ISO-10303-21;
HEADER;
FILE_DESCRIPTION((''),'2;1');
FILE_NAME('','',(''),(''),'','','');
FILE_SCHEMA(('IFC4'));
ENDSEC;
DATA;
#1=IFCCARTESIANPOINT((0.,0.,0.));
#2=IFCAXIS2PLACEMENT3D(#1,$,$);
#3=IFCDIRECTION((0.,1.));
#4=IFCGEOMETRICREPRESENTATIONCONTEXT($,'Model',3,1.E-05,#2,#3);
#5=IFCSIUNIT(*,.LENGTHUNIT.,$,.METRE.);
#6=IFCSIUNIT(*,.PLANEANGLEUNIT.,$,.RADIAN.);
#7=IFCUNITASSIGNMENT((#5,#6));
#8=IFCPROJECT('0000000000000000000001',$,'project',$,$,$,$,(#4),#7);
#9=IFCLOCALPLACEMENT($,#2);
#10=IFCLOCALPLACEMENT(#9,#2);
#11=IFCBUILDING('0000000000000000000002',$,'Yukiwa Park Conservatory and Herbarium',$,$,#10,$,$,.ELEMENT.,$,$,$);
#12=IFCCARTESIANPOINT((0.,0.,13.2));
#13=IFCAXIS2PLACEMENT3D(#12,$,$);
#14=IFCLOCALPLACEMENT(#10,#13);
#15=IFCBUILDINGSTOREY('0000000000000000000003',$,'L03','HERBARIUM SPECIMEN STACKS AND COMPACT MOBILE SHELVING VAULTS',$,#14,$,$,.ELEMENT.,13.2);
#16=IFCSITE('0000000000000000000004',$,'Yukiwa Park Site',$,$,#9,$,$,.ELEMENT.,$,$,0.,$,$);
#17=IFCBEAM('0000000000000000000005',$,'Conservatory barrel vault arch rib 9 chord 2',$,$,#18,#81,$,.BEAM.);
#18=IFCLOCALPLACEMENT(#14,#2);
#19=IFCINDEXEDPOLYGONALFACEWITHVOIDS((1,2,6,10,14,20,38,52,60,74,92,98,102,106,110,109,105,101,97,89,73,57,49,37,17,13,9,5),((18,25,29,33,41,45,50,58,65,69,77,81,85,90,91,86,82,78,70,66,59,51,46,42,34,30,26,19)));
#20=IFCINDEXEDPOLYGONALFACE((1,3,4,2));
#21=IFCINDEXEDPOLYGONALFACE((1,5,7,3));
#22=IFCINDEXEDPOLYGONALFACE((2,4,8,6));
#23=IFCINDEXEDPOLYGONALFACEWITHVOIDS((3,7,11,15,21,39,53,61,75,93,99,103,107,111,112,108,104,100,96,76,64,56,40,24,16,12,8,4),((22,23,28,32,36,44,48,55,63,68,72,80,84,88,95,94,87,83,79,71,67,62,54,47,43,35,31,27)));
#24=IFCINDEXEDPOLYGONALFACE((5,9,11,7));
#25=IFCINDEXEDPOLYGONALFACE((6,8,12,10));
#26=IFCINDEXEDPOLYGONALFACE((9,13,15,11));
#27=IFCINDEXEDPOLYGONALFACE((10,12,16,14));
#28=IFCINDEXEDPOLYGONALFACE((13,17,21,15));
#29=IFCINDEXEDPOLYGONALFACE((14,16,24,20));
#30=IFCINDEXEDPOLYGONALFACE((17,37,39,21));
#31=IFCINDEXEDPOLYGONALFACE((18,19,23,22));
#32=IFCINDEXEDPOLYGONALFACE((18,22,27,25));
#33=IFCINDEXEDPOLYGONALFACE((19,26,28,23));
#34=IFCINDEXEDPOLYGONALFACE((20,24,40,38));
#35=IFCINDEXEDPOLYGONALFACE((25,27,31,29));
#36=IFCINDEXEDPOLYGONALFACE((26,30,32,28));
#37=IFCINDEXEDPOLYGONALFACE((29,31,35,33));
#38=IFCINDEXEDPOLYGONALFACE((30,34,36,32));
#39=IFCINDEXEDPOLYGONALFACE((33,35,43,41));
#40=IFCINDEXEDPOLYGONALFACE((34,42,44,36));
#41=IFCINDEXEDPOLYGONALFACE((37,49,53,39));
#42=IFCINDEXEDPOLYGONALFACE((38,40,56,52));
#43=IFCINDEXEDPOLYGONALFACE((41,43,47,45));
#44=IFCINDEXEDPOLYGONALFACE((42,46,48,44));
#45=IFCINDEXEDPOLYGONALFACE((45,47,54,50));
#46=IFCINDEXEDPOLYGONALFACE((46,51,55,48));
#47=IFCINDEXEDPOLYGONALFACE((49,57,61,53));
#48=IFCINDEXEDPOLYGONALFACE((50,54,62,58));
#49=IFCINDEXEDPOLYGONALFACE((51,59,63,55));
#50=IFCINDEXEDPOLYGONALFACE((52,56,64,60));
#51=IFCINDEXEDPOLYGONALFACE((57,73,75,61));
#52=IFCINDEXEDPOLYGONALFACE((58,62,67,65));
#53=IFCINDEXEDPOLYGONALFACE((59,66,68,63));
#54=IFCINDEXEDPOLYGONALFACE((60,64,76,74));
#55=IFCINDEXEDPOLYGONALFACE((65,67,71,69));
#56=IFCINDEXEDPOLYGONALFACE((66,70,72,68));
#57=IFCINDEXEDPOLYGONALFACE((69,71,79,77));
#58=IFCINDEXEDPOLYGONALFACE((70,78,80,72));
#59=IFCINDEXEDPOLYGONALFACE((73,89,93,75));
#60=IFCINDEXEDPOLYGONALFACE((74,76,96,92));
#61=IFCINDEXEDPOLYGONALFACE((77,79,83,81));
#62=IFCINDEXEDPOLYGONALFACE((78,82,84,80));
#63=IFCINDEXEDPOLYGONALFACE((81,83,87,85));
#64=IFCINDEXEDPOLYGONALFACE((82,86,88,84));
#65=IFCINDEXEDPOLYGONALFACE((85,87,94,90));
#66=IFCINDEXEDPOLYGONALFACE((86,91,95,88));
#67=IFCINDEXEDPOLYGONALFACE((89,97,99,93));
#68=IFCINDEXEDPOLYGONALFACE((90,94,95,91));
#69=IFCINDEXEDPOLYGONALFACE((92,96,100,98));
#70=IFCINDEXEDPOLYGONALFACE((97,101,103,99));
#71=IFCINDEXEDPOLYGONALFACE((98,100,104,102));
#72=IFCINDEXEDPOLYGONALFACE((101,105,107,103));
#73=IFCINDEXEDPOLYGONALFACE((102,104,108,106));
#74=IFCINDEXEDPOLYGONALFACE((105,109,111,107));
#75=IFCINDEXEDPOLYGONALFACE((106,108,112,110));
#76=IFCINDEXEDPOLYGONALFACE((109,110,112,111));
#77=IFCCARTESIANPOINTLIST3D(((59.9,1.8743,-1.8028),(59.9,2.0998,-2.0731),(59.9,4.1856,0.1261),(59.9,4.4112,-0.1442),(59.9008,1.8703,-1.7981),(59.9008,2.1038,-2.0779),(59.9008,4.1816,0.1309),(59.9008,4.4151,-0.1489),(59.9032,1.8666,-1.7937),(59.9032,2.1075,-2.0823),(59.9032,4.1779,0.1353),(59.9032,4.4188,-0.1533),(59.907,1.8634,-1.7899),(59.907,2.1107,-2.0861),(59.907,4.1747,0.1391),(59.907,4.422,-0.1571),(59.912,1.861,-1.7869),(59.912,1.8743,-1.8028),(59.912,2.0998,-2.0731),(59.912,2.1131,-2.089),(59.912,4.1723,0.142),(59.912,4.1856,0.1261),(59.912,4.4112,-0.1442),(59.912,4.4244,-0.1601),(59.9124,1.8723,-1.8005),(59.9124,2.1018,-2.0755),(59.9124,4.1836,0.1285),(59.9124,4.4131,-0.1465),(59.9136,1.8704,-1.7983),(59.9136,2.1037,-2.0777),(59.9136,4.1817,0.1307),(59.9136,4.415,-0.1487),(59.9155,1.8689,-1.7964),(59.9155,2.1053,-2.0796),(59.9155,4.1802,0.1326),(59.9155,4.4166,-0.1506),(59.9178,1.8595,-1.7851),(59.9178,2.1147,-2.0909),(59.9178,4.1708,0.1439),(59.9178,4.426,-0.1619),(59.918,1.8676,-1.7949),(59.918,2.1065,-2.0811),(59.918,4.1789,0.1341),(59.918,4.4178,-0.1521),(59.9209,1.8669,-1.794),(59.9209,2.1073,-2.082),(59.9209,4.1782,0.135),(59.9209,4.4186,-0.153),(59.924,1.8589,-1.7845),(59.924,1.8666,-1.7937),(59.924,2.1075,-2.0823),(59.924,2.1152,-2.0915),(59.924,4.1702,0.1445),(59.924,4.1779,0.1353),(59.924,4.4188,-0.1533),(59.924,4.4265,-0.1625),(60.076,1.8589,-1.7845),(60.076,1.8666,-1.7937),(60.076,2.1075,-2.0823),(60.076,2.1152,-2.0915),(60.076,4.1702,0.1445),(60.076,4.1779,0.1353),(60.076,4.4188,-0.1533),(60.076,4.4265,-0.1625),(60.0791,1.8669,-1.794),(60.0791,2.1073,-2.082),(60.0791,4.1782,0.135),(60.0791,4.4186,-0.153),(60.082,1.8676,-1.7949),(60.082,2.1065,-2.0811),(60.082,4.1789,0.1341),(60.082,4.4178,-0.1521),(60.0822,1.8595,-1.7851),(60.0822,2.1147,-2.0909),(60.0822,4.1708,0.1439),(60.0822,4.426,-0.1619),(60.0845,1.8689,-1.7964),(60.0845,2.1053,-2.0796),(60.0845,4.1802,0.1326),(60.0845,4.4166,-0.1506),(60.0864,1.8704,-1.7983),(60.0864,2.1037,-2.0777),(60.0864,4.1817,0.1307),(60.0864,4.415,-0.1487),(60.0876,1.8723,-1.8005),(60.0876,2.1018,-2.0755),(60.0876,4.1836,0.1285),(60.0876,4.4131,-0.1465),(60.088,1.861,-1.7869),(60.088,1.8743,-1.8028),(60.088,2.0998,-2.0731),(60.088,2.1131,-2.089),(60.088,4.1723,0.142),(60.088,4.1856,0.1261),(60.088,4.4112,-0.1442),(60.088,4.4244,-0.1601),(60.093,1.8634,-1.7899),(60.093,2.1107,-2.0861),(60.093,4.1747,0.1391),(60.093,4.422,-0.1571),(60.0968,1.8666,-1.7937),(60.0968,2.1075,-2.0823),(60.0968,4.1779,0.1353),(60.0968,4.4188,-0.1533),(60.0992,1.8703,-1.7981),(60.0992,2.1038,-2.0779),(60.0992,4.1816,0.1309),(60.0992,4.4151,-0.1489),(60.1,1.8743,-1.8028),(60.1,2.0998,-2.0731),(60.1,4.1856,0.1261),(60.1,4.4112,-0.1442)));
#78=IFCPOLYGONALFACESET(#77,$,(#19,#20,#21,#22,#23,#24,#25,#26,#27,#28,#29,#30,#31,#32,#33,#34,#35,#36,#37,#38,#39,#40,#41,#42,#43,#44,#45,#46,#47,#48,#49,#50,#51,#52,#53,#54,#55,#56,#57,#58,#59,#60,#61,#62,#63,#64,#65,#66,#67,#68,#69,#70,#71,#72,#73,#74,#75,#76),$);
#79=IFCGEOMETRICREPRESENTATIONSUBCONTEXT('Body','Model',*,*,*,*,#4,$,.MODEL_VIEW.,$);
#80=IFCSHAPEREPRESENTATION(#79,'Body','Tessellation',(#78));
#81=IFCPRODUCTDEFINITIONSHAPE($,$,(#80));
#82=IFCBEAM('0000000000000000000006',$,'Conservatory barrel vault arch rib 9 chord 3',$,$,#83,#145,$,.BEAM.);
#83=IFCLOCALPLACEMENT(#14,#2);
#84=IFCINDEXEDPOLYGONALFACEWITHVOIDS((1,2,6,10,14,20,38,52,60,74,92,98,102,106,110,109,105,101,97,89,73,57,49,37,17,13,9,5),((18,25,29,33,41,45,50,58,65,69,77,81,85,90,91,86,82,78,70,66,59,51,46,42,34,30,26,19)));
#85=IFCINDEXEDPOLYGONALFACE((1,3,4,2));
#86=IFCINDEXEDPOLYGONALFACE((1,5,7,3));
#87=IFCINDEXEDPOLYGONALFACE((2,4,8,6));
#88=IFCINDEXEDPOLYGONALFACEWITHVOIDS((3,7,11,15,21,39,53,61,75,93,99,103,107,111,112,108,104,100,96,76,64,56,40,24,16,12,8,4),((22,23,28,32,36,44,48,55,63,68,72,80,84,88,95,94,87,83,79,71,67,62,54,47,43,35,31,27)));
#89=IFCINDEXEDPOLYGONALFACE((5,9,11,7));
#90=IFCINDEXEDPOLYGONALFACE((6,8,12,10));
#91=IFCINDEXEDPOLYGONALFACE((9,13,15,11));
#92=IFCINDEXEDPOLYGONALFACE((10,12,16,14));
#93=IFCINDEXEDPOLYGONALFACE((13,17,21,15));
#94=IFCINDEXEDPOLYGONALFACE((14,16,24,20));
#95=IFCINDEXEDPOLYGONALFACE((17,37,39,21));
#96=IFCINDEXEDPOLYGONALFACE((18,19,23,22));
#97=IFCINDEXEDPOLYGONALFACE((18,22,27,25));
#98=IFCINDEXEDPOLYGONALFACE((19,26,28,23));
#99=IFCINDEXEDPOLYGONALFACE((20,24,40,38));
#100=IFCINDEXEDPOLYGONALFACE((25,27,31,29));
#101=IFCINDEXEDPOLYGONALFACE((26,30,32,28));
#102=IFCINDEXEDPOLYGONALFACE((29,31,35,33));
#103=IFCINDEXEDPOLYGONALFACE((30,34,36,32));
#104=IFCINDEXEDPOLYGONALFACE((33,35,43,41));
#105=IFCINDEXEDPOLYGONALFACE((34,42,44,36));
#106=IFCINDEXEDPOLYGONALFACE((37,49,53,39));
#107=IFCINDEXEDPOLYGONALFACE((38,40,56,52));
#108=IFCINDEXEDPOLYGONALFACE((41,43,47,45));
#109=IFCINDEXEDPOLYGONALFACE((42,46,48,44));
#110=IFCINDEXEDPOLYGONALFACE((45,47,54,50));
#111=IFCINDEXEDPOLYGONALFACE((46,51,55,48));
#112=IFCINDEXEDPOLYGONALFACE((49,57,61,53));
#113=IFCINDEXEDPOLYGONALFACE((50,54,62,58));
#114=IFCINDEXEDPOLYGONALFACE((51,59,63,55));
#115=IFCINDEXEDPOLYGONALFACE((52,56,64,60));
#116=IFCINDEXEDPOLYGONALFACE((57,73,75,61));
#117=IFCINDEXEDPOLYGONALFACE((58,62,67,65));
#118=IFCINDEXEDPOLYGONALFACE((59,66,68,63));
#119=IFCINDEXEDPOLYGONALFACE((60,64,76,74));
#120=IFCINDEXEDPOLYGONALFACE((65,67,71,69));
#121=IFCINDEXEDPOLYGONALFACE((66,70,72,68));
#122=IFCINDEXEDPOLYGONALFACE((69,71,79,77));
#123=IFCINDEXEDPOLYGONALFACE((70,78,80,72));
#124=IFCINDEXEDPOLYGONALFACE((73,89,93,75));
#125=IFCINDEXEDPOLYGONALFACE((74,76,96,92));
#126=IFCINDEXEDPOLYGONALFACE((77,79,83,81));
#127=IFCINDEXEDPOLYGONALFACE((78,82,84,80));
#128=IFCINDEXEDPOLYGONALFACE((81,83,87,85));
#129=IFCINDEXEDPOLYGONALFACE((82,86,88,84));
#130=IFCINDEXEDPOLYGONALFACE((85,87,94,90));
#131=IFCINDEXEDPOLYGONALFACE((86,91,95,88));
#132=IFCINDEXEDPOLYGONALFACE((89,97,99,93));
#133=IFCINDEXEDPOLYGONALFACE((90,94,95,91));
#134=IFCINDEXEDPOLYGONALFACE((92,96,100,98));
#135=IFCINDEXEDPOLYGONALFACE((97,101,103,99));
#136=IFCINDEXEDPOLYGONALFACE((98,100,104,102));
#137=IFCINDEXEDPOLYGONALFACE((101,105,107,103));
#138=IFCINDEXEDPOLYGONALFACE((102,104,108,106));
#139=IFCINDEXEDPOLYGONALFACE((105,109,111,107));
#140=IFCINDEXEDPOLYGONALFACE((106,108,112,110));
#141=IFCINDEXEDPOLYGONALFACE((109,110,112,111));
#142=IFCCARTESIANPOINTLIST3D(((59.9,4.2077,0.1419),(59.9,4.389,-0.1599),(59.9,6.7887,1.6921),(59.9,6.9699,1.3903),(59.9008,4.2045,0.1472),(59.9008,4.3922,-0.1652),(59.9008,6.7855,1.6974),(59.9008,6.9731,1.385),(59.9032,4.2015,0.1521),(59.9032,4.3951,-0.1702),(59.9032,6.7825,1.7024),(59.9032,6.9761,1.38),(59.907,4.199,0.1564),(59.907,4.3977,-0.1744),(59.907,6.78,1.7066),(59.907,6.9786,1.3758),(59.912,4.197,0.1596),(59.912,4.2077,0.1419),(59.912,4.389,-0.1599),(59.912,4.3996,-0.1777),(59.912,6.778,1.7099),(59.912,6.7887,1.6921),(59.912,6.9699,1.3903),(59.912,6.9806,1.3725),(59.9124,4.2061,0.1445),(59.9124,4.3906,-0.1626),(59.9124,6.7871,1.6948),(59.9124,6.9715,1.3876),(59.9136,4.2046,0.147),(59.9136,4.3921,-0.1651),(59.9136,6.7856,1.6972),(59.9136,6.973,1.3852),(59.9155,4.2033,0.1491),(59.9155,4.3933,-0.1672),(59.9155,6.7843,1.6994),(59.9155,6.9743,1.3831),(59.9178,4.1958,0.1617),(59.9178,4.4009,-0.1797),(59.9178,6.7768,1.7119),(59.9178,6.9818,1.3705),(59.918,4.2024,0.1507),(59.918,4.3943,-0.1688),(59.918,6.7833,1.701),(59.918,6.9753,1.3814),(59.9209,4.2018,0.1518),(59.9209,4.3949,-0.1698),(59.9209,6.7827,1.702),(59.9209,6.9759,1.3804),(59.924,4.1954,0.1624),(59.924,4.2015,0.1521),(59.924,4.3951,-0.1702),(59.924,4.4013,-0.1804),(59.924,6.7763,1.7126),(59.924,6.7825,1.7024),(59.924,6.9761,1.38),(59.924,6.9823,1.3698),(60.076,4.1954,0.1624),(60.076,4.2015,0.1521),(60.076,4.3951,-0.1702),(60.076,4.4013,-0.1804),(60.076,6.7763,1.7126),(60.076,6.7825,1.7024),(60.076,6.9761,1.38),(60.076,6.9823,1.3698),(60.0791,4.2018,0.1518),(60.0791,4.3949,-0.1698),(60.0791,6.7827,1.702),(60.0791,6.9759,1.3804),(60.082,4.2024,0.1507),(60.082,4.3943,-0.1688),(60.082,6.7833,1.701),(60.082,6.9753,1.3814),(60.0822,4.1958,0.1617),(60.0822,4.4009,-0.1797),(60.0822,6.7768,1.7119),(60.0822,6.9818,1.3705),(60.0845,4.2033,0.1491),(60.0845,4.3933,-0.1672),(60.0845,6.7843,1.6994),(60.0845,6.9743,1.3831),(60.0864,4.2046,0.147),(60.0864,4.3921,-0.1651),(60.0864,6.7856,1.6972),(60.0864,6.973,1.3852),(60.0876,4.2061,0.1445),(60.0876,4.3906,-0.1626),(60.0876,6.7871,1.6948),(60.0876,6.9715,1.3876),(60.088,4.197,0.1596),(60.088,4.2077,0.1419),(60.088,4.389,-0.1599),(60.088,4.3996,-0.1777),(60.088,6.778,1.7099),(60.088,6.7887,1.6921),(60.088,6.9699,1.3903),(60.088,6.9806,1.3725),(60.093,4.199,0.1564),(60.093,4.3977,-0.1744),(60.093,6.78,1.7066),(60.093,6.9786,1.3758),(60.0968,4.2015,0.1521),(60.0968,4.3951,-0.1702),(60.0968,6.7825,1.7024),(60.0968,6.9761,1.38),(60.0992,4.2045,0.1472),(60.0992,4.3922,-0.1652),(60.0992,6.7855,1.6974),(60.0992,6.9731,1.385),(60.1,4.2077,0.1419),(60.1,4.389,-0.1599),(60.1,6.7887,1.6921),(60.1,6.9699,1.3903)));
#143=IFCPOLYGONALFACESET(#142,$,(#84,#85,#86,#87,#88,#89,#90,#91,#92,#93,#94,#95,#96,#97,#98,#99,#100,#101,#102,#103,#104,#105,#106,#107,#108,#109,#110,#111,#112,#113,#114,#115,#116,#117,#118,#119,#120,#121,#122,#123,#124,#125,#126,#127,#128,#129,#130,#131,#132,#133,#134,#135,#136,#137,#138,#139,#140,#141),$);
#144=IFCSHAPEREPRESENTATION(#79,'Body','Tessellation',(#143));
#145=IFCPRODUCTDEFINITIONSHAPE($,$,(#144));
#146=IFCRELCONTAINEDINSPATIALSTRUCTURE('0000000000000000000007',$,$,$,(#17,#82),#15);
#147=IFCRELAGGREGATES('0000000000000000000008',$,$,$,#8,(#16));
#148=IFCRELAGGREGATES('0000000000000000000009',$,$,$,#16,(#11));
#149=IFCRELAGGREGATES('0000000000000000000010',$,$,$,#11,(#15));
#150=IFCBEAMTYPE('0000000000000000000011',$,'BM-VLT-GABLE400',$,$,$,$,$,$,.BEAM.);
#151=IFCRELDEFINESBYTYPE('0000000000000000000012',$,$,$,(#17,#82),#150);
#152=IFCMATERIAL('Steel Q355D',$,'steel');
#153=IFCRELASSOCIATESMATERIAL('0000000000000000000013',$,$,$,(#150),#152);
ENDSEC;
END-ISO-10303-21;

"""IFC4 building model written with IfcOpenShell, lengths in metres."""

from ifc_helpers import new_model, si_unit, direction, frame, origin, origin_2d, place, context, subcontext, project, spatial, hollow_rectangle, extrude, material, material_profile, profile_set, type_object, element, save


model = new_model("IFC4")

# Units and contexts
model_context = context("Model", 3, precision=1e-05, world=origin(), true_north=direction((0.0, 1.0)))
body_context = subcontext(model_context, "Body", "Model", "MODEL_VIEW")
ifc_project = project(units=[si_unit("LENGTHUNIT", "METRE"), si_unit("PLANEANGLEUNIT", "RADIAN")], contexts=[model_context])

# Site, building, storey
site_placement = place(None, origin())
site = spatial("IfcSite", under=ifc_project, at=site_placement, Name="Yukiwa Park Site", CompositionType="ELEMENT", RefElevation=0.0)
building_placement = place(site_placement, origin())
building = spatial("IfcBuilding", under=site, at=building_placement, Name="Yukiwa Park Conservatory and Herbarium", CompositionType="ELEMENT")
storey_placement = place(building_placement, frame((0.0, 0.0, 13.2)))
storey = spatial("IfcBuildingStorey", under=building, at=storey_placement, Name="L03", Description="HERBARIUM SPECIMEN STACKS AND COMPACT MOBILE SHELVING VAULTS", CompositionType="ELEMENT", Elevation=13.2)

# Beams
ifc_material_1 = material(Name="Steel Q355D", Category="steel")
ifc_material_profile_1 = material_profile(ifc_material_1, hollow_rectangle(XDim=0.2, YDim=0.3999, WallThickness=0.012, InnerFilletRadius=0.012, OuterFilletRadius=0.0239, at=origin_2d()), Name="RHS 400x200x12")
ifc_profile_set_1 = profile_set([ifc_material_profile_1], Name="Steel Q355D")
beam_type_1 = type_object("IfcBeamType", Name="BM-VLT-GABLE400", PredefinedType="BEAM", material=ifc_profile_set_1)
beam_1_placement = place(storey_placement, frame((60.0, 1.9871, -1.938), z_axis=(0.0, 0.767749, 0.640751), x_axis=(-1.0, 0.0, 0.0)))
element("IfcBeam", 1, at=beam_1_placement, inside=storey, type_object=beam_type_1, Name="Conservatory barrel vault arch rib 9 chord 2", PredefinedType="BEAM", context=body_context, shape_type="SweptSolid", body=[
    extrude(hollow_rectangle(XDim=0.2, YDim=0.3999, WallThickness=0.012, InnerFilletRadius=0.012, OuterFilletRadius=0.0239, at=origin_2d()), origin(), (0.0, 0.0, 1.0), 3.0105),
])
for number, where, z_axis, x_axis, name in (
    (2, (60.0, 4.2983, -0.009), (0.0, 0.85725, 0.514901), (-1.0, 0.0, 0.0), "Conservatory barrel vault arch rib 9 chord 3"),
):
    element("IfcBeam", number, at=place(storey_placement, frame(where, z_axis=z_axis, x_axis=x_axis)), inside=storey, type_object=beam_type_1, Name=name, PredefinedType="BEAM", context=body_context, shape_type="SweptSolid", body=[
        extrude(hollow_rectangle(XDim=0.2, YDim=0.3999, WallThickness=0.012, InnerFilletRadius=0.012, OuterFilletRadius=0.0239, at=origin_2d()), origin(), (0.0, 0.0, 1.0), 3.0107),
    ])

save(model, "model.ifc")
